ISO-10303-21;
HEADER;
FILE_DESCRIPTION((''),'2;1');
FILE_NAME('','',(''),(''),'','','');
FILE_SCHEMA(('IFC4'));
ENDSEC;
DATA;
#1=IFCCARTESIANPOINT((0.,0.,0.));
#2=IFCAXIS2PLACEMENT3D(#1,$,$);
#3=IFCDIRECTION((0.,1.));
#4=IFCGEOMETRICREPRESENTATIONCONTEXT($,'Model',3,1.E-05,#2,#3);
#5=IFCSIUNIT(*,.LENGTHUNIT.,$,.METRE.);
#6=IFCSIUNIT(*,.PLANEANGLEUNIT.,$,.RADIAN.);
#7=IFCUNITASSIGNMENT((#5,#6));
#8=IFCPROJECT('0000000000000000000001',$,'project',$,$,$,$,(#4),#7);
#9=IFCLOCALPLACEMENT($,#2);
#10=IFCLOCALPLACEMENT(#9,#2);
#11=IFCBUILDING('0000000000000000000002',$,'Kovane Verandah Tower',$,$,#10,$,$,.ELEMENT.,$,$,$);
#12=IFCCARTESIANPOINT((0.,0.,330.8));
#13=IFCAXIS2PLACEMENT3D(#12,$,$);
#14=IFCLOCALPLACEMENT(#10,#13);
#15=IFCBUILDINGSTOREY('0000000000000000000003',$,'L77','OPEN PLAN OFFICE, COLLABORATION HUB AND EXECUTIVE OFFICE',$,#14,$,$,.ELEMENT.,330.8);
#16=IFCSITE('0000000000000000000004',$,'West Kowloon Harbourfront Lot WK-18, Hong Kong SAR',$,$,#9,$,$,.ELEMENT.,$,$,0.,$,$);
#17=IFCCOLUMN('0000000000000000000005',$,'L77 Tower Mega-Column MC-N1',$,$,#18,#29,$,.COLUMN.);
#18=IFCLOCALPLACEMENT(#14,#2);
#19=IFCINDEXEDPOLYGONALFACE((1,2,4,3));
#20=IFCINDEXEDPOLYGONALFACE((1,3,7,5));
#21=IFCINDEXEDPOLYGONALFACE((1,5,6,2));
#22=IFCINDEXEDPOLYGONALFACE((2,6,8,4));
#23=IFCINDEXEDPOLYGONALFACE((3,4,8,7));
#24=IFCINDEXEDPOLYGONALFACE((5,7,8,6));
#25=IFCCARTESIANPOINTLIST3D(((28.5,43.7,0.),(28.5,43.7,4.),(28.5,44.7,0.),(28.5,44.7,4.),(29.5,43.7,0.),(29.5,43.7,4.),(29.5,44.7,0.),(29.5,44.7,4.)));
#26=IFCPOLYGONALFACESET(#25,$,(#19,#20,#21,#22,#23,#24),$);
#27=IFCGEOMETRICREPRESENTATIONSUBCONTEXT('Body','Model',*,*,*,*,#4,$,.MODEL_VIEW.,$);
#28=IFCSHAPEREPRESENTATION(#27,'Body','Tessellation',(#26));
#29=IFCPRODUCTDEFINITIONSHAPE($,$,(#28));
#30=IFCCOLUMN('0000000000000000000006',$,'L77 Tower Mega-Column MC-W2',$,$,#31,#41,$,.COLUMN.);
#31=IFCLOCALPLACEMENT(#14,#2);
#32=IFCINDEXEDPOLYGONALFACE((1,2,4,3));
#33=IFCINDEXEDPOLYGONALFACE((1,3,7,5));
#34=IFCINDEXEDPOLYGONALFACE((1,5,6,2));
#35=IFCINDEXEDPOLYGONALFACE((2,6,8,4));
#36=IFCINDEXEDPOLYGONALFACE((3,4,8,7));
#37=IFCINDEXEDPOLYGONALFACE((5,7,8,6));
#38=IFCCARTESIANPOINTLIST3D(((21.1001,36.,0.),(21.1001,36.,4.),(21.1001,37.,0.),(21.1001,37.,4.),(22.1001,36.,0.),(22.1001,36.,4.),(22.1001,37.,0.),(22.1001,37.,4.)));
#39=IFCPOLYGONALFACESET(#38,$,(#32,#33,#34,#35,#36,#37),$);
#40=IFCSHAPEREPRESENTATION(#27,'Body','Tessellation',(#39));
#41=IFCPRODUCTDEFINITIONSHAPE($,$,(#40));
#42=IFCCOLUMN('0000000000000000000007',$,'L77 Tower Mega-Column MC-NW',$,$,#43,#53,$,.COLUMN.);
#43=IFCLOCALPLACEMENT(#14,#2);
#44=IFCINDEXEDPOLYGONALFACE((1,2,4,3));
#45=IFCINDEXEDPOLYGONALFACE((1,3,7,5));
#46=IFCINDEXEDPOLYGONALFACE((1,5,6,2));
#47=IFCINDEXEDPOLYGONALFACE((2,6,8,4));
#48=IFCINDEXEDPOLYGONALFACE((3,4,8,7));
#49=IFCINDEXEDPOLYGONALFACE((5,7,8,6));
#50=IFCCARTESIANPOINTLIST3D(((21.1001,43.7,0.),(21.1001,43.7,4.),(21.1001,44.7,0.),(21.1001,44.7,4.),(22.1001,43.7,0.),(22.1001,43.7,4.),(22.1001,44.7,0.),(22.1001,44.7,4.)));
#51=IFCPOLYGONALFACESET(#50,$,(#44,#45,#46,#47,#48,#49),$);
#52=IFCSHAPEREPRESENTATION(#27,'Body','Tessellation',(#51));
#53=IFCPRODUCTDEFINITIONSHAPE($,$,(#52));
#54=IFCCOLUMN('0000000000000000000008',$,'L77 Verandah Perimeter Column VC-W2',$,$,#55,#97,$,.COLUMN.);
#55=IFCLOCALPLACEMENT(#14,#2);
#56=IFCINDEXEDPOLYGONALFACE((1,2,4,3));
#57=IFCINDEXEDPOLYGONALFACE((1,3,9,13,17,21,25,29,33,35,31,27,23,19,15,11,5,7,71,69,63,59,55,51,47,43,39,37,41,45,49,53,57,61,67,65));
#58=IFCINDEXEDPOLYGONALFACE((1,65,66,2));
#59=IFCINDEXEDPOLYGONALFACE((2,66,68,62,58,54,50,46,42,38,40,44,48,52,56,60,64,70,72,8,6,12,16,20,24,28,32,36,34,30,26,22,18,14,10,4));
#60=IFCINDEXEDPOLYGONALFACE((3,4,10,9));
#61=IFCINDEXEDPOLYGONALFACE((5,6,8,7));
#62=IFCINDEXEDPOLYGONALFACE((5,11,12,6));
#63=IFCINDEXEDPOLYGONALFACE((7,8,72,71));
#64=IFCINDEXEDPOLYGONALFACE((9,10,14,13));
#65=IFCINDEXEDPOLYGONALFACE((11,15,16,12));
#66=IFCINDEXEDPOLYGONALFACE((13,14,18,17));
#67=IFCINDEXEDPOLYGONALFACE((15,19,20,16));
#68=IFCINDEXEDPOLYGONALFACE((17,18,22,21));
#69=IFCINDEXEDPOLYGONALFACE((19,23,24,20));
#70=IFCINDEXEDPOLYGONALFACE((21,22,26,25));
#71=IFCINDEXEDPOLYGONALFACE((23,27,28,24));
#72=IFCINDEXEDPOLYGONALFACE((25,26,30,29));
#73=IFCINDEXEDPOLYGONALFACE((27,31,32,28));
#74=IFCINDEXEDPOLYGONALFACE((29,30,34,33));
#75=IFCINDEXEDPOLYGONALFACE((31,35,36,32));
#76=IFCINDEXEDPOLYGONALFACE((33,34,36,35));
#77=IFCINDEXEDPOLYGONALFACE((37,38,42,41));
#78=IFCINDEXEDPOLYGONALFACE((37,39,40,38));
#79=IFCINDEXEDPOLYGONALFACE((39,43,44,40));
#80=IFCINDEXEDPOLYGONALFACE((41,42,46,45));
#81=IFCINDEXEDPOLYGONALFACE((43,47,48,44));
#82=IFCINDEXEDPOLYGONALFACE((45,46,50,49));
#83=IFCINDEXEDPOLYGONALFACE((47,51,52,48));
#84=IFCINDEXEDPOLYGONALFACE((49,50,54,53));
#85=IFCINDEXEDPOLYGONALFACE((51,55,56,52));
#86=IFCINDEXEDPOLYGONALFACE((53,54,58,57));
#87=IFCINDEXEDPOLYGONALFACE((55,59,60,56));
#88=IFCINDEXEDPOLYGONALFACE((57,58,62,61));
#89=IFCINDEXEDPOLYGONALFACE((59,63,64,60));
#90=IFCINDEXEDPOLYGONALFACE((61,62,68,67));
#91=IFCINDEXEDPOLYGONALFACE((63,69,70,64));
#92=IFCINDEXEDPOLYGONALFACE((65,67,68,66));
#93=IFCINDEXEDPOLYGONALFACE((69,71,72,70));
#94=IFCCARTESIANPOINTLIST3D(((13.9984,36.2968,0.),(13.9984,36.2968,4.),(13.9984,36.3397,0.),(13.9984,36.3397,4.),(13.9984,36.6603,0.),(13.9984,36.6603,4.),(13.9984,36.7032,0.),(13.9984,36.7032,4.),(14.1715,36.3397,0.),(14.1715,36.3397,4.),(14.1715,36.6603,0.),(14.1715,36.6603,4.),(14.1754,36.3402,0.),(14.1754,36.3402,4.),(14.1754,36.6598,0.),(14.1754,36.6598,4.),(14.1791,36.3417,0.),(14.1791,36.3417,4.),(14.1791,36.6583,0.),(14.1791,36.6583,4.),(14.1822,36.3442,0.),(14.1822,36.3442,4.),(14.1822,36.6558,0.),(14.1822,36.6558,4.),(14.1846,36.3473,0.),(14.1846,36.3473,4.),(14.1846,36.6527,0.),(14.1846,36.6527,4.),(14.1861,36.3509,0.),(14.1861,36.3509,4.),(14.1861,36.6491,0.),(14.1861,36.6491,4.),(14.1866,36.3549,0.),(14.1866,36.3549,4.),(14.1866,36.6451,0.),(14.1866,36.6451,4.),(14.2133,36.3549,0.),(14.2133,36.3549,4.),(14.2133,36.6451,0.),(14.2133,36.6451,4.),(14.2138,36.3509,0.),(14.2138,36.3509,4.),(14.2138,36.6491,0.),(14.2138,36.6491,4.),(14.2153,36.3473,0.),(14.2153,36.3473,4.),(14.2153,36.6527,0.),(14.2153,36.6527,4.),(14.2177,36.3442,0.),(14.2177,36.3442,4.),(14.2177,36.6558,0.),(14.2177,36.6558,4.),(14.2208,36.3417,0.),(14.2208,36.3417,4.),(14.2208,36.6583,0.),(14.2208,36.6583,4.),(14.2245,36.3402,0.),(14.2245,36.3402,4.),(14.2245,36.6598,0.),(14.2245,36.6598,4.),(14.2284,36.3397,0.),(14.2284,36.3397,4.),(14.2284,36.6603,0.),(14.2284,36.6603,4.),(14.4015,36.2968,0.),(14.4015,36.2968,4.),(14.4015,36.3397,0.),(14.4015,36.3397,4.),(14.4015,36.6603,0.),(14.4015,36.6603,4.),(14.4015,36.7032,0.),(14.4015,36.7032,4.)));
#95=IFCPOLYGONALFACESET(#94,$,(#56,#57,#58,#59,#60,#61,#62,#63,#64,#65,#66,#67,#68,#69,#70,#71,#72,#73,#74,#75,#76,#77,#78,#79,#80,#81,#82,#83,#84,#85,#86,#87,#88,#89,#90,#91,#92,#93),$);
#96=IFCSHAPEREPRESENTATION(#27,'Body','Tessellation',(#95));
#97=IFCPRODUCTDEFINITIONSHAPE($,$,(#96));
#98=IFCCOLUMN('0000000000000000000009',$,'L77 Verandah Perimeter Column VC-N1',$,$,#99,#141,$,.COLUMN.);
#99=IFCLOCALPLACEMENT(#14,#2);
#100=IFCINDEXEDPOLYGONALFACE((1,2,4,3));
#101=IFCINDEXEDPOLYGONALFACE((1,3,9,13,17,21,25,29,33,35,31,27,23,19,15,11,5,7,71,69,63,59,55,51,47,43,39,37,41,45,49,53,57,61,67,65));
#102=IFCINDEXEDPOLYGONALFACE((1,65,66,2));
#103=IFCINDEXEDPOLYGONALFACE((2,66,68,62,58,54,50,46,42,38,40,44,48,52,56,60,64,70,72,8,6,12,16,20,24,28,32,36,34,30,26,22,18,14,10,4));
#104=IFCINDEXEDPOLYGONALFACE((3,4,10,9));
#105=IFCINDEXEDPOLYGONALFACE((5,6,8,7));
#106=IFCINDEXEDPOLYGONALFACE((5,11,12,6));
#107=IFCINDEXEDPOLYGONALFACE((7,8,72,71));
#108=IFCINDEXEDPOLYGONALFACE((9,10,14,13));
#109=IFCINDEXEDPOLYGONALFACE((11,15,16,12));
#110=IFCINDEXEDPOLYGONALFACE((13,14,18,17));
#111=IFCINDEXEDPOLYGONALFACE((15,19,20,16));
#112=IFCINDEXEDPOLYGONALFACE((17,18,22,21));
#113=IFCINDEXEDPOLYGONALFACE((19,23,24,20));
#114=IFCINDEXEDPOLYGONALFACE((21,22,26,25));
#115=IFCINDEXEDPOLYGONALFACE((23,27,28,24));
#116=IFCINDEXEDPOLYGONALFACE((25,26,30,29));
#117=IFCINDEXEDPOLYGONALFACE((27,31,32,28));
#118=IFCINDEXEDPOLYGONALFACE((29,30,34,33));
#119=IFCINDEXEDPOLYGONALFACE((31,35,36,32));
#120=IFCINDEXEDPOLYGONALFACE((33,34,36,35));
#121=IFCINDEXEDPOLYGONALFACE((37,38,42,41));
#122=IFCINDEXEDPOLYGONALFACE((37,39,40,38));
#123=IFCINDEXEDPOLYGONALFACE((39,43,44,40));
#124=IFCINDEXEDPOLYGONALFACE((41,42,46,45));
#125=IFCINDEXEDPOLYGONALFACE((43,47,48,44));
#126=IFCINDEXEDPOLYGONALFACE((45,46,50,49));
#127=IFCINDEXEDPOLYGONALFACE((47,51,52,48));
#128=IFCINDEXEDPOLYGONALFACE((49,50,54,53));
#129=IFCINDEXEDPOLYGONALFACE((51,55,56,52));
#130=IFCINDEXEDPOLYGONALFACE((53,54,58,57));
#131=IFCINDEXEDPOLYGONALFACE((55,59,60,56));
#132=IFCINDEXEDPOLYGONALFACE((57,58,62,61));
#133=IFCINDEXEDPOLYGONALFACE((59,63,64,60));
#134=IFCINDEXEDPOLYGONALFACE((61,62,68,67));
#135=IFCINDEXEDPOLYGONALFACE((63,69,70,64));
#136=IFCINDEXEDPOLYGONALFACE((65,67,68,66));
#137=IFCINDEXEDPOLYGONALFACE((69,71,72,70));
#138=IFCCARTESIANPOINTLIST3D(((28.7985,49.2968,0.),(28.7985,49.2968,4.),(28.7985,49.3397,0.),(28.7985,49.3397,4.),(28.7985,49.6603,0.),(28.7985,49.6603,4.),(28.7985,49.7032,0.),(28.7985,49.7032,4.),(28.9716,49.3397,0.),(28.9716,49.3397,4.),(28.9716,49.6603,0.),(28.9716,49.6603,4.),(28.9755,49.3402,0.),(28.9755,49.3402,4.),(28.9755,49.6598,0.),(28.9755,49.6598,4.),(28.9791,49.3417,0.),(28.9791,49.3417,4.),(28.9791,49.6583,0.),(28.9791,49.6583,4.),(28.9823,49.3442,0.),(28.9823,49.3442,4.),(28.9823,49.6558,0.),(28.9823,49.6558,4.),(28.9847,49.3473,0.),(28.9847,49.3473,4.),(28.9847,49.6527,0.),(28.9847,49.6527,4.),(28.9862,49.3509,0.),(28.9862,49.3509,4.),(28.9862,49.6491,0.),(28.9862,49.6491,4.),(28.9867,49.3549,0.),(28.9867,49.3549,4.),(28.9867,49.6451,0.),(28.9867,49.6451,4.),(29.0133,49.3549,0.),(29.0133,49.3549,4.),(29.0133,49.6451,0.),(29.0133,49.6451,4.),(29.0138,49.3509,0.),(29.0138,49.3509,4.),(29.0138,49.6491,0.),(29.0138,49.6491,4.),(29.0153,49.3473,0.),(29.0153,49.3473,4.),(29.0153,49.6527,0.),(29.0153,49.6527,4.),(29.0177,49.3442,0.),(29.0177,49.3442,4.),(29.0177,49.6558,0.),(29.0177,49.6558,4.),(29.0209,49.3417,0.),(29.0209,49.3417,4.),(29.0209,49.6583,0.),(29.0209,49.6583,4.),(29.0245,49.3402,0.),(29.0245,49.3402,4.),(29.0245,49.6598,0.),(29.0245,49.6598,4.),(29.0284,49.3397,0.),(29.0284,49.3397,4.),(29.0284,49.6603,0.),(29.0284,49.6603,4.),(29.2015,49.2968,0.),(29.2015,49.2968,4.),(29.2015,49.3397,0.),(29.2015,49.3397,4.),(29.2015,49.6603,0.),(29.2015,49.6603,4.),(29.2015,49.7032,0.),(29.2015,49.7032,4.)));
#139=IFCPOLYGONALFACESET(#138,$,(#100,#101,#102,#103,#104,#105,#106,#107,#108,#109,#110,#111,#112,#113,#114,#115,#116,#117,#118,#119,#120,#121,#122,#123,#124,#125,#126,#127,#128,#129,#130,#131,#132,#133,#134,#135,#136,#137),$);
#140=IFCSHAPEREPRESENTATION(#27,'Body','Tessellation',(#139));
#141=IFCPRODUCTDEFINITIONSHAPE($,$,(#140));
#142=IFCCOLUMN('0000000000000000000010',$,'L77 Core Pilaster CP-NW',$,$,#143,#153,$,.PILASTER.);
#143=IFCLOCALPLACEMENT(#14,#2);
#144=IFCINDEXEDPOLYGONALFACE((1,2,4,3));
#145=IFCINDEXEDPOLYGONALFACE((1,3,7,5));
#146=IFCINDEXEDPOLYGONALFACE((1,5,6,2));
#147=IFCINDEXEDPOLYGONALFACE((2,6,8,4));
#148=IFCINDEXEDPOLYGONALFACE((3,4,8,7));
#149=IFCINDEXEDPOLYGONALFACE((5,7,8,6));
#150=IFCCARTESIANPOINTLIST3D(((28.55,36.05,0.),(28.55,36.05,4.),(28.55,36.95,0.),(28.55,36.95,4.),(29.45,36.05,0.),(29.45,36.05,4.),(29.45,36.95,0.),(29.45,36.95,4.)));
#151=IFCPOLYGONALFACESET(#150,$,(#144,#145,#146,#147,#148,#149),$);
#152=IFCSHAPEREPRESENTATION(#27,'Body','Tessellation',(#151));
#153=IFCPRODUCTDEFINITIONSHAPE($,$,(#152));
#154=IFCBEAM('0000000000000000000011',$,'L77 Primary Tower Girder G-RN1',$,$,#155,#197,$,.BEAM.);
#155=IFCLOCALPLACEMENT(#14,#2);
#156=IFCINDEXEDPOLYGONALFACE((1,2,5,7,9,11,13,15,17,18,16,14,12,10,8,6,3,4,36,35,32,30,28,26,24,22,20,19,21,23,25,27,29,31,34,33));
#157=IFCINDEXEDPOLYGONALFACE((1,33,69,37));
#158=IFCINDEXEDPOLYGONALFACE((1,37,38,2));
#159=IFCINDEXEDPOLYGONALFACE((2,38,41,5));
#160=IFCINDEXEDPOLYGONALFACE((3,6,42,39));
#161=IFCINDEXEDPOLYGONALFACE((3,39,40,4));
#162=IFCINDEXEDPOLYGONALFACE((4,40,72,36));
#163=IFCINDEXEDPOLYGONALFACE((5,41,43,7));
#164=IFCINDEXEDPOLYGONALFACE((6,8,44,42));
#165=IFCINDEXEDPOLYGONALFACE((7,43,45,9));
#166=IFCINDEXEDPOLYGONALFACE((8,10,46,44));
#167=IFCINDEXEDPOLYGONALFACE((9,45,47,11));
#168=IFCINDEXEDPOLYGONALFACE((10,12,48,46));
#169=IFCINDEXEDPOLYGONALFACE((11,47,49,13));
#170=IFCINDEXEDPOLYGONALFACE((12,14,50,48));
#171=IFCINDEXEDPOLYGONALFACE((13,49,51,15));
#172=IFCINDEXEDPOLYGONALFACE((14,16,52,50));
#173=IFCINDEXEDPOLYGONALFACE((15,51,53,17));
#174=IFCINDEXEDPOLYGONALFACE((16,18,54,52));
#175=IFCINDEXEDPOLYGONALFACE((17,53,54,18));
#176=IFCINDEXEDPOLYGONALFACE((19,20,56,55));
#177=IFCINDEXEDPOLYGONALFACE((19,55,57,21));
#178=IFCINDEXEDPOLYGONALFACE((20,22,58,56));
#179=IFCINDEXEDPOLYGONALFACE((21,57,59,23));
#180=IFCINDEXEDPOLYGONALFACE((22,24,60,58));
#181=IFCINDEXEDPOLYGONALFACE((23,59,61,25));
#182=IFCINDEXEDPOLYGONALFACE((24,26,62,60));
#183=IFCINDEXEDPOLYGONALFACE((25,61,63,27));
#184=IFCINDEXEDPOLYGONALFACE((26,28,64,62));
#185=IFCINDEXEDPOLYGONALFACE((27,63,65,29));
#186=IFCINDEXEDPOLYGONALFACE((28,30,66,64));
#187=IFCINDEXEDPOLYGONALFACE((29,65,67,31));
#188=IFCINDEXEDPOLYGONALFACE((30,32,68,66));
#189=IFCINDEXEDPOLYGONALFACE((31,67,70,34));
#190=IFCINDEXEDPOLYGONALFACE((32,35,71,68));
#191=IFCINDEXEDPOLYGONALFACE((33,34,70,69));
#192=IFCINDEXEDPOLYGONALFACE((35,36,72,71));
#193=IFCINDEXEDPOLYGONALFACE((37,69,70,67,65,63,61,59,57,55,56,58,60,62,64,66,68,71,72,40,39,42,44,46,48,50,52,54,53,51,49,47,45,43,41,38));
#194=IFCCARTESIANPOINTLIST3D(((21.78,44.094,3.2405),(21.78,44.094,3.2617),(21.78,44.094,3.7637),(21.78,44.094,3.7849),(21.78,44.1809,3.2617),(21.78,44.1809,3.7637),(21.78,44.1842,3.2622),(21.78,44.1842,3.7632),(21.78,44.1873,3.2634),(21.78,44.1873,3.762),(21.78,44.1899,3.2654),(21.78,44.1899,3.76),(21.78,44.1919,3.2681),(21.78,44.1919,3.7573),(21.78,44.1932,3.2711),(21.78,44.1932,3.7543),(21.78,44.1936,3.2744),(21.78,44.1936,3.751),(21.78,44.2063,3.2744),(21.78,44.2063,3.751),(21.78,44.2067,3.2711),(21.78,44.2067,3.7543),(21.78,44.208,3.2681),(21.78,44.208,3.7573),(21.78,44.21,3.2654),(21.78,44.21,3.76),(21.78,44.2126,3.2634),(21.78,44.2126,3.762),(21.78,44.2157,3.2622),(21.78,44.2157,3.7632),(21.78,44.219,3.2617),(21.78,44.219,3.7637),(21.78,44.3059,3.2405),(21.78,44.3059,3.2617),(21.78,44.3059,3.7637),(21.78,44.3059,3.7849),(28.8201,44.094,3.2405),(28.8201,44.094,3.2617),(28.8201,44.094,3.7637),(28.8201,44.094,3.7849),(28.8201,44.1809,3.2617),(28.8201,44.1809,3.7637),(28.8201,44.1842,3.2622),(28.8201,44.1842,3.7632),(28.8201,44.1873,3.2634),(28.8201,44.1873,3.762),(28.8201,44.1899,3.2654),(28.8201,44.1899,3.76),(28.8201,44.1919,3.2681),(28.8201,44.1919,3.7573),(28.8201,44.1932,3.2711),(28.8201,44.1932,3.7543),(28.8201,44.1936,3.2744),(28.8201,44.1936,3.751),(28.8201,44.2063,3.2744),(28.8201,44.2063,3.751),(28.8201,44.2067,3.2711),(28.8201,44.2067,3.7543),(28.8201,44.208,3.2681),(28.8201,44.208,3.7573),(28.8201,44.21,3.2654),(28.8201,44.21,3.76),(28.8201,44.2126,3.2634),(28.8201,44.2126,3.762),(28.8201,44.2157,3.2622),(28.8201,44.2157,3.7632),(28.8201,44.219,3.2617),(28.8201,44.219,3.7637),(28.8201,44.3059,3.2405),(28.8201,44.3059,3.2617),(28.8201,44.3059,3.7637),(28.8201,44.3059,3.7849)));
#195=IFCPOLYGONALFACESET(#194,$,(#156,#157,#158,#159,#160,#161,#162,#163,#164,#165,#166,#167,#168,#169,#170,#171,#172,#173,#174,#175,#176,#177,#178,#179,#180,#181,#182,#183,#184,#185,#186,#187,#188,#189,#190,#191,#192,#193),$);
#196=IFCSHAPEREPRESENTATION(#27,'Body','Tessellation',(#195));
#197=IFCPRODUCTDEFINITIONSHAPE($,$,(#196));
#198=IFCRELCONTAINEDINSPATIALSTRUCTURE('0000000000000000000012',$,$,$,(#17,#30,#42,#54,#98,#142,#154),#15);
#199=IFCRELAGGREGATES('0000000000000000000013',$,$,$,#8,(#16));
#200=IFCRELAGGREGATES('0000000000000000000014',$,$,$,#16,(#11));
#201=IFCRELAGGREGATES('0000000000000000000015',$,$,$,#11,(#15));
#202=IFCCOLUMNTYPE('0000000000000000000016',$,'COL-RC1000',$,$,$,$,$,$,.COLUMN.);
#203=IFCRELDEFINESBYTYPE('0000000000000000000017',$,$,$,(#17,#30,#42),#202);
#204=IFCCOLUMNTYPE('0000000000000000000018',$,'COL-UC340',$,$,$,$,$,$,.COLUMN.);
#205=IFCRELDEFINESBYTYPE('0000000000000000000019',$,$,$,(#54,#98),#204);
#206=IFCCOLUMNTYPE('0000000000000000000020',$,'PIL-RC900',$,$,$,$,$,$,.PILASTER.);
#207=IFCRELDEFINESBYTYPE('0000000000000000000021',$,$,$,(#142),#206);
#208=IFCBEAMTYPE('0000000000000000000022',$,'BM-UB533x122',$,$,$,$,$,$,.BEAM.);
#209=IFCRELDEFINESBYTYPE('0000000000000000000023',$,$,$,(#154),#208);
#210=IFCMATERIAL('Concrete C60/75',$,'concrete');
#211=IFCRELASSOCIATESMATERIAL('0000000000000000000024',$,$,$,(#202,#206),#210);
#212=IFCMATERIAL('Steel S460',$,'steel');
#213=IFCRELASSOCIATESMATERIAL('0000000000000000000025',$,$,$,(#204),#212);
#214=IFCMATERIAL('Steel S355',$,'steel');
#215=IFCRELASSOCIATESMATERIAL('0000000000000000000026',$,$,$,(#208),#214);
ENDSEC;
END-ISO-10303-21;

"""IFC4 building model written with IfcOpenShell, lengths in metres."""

from ifc_helpers import new_model, si_unit, direction, frame, origin, origin_2d, place, context, subcontext, project, spatial, rectangle, i_section, extrude, material, material_profile, profile_set, type_object, element, save


model = new_model("IFC4")

# Units and contexts
model_context = context("Model", 3, precision=1e-05, world=origin(), true_north=direction((0.0, 1.0)))
body_context = subcontext(model_context, "Body", "Model", "MODEL_VIEW")
ifc_project = project(units=[si_unit("LENGTHUNIT", "METRE"), si_unit("PLANEANGLEUNIT", "RADIAN")], contexts=[model_context])

# Site, building, storey
site_placement = place(None, origin())
site = spatial("IfcSite", under=ifc_project, at=site_placement, Name="West Kowloon Harbourfront Lot WK-18, Hong Kong SAR", CompositionType="ELEMENT", RefElevation=0.0)
building_placement = place(site_placement, origin())
building = spatial("IfcBuilding", under=site, at=building_placement, Name="Kovane Verandah Tower", CompositionType="ELEMENT")
storey_placement = place(building_placement, frame((0.0, 0.0, 330.8)))
storey = spatial("IfcBuildingStorey", under=building, at=storey_placement, Name="L77", Description="OPEN PLAN OFFICE, COLLABORATION HUB AND EXECUTIVE OFFICE", CompositionType="ELEMENT", Elevation=330.8)

# Columns
ifc_material_1 = material(Name="Concrete C60/75", Category="concrete")
ifc_material_profile_1 = material_profile(ifc_material_1, rectangle(XDim=1.0, YDim=1.0, at=origin_2d()), Name="RC1000x1000")
ifc_profile_set_1 = profile_set([ifc_material_profile_1], Name="Concrete C60/75")
column_type_1 = type_object("IfcColumnType", Name="COL-RC1000", PredefinedType="COLUMN", material=ifc_profile_set_1)
for number, where, z_axis, x_axis, name in (
    (1, (29.0, 44.2, 0.0), (0.0, 0.0, 1.0), (1.0, 0.0, 0.0), "L77 Tower Mega-Column MC-N1"),
    (2, (21.6001, 36.5, 0.0), (0.0, 0.0, 1.0), (1.0, 0.0, 0.0), "L77 Tower Mega-Column MC-W2"),
    (3, (21.6001, 44.2, 0.0), (0.0, 0.0, 1.0), (1.0, 0.0, 0.0), "L77 Tower Mega-Column MC-NW"),
):
    element("IfcColumn", number, at=place(storey_placement, frame(where, z_axis=z_axis, x_axis=x_axis)), inside=storey, type_object=column_type_1, Name=name, PredefinedType="COLUMN", context=body_context, shape_type="SweptSolid", body=[
        extrude(rectangle(XDim=1.0, YDim=1.0, at=origin_2d()), origin(), (0.0, 0.0, 1.0), 4.0),
    ])
ifc_material_2 = material(Name="Steel S460", Category="steel")
ifc_material_profile_2 = material_profile(ifc_material_2, i_section(OverallWidth=0.4031, OverallDepth=0.4065, WebThickness=0.0266, FlangeThickness=0.043, FilletRadius=0.0151, at=origin_2d()), Name="UC356x406x340")
ifc_profile_set_2 = profile_set([ifc_material_profile_2], Name="Steel S460")
column_type_2 = type_object("IfcColumnType", Name="COL-UC340", PredefinedType="COLUMN", material=ifc_profile_set_2)
for number, where, z_axis, x_axis, name in (
    (4, (14.2, 36.5, 0.0), (0.0, 0.0, 1.0), (1.0, 0.0, 0.0), "L77 Verandah Perimeter Column VC-W2"),
    (5, (29.0, 49.5, 0.0), (0.0, 0.0, 1.0), (1.0, 0.0, 0.0), "L77 Verandah Perimeter Column VC-N1"),
):
    element("IfcColumn", number, at=place(storey_placement, frame(where, z_axis=z_axis, x_axis=x_axis)), inside=storey, type_object=column_type_2, Name=name, PredefinedType="COLUMN", context=body_context, shape_type="SweptSolid", body=[
        extrude(i_section(OverallWidth=0.4031, OverallDepth=0.4065, WebThickness=0.0266, FlangeThickness=0.043, FilletRadius=0.0151, at=origin_2d()), origin(), (0.0, 0.0, 1.0), 4.0),
    ])
ifc_material_profile_3 = material_profile(ifc_material_1, rectangle(XDim=0.8999, YDim=0.8999, at=origin_2d()), Name="RC900x900")
ifc_profile_set_3 = profile_set([ifc_material_profile_3], Name="Concrete C60/75")
column_type_3 = type_object("IfcColumnType", Name="PIL-RC900", PredefinedType="PILASTER", material=ifc_profile_set_3)
column_placement = place(storey_placement, frame((29.0, 36.5, 0.0), z_axis=(0.0, 0.0, 1.0), x_axis=(1.0, 0.0, 0.0)))
element("IfcColumn", 6, at=column_placement, inside=storey, type_object=column_type_3, Name="L77 Core Pilaster CP-NW", PredefinedType="PILASTER", context=body_context, shape_type="SweptSolid", body=[
    extrude(rectangle(XDim=0.8999, YDim=0.8999, at=origin_2d()), origin(), (0.0, 0.0, 1.0), 4.0),
])

# Beam
ifc_material_3 = material(Name="Steel S355", Category="steel")
ifc_material_profile_4 = material_profile(ifc_material_3, i_section(OverallWidth=0.2119, OverallDepth=0.5444, WebThickness=0.0127, FlangeThickness=0.0212, FilletRadius=0.0127, at=origin_2d()), Name="UB533x210x122")
ifc_profile_set_4 = profile_set([ifc_material_profile_4], Name="Steel S355")
beam_type_1 = type_object("IfcBeamType", Name="BM-UB533x122", PredefinedType="BEAM", material=ifc_profile_set_4)
beam_1_placement = place(storey_placement, frame((21.78, 44.2, 3.5127), z_axis=(1.0, 0.0, 0.0), x_axis=(0.0, 1.0, 0.0)))
element("IfcBeam", 7, at=beam_1_placement, inside=storey, type_object=beam_type_1, Name="L77 Primary Tower Girder G-RN1", PredefinedType="BEAM", context=body_context, shape_type="SweptSolid", body=[
    extrude(i_section(OverallWidth=0.2119, OverallDepth=0.5444, WebThickness=0.0127, FlangeThickness=0.0212, FilletRadius=0.0127, at=origin_2d()), origin(), (0.0, 0.0, 1.0), 7.04),
])

save(model, "model.ifc")
